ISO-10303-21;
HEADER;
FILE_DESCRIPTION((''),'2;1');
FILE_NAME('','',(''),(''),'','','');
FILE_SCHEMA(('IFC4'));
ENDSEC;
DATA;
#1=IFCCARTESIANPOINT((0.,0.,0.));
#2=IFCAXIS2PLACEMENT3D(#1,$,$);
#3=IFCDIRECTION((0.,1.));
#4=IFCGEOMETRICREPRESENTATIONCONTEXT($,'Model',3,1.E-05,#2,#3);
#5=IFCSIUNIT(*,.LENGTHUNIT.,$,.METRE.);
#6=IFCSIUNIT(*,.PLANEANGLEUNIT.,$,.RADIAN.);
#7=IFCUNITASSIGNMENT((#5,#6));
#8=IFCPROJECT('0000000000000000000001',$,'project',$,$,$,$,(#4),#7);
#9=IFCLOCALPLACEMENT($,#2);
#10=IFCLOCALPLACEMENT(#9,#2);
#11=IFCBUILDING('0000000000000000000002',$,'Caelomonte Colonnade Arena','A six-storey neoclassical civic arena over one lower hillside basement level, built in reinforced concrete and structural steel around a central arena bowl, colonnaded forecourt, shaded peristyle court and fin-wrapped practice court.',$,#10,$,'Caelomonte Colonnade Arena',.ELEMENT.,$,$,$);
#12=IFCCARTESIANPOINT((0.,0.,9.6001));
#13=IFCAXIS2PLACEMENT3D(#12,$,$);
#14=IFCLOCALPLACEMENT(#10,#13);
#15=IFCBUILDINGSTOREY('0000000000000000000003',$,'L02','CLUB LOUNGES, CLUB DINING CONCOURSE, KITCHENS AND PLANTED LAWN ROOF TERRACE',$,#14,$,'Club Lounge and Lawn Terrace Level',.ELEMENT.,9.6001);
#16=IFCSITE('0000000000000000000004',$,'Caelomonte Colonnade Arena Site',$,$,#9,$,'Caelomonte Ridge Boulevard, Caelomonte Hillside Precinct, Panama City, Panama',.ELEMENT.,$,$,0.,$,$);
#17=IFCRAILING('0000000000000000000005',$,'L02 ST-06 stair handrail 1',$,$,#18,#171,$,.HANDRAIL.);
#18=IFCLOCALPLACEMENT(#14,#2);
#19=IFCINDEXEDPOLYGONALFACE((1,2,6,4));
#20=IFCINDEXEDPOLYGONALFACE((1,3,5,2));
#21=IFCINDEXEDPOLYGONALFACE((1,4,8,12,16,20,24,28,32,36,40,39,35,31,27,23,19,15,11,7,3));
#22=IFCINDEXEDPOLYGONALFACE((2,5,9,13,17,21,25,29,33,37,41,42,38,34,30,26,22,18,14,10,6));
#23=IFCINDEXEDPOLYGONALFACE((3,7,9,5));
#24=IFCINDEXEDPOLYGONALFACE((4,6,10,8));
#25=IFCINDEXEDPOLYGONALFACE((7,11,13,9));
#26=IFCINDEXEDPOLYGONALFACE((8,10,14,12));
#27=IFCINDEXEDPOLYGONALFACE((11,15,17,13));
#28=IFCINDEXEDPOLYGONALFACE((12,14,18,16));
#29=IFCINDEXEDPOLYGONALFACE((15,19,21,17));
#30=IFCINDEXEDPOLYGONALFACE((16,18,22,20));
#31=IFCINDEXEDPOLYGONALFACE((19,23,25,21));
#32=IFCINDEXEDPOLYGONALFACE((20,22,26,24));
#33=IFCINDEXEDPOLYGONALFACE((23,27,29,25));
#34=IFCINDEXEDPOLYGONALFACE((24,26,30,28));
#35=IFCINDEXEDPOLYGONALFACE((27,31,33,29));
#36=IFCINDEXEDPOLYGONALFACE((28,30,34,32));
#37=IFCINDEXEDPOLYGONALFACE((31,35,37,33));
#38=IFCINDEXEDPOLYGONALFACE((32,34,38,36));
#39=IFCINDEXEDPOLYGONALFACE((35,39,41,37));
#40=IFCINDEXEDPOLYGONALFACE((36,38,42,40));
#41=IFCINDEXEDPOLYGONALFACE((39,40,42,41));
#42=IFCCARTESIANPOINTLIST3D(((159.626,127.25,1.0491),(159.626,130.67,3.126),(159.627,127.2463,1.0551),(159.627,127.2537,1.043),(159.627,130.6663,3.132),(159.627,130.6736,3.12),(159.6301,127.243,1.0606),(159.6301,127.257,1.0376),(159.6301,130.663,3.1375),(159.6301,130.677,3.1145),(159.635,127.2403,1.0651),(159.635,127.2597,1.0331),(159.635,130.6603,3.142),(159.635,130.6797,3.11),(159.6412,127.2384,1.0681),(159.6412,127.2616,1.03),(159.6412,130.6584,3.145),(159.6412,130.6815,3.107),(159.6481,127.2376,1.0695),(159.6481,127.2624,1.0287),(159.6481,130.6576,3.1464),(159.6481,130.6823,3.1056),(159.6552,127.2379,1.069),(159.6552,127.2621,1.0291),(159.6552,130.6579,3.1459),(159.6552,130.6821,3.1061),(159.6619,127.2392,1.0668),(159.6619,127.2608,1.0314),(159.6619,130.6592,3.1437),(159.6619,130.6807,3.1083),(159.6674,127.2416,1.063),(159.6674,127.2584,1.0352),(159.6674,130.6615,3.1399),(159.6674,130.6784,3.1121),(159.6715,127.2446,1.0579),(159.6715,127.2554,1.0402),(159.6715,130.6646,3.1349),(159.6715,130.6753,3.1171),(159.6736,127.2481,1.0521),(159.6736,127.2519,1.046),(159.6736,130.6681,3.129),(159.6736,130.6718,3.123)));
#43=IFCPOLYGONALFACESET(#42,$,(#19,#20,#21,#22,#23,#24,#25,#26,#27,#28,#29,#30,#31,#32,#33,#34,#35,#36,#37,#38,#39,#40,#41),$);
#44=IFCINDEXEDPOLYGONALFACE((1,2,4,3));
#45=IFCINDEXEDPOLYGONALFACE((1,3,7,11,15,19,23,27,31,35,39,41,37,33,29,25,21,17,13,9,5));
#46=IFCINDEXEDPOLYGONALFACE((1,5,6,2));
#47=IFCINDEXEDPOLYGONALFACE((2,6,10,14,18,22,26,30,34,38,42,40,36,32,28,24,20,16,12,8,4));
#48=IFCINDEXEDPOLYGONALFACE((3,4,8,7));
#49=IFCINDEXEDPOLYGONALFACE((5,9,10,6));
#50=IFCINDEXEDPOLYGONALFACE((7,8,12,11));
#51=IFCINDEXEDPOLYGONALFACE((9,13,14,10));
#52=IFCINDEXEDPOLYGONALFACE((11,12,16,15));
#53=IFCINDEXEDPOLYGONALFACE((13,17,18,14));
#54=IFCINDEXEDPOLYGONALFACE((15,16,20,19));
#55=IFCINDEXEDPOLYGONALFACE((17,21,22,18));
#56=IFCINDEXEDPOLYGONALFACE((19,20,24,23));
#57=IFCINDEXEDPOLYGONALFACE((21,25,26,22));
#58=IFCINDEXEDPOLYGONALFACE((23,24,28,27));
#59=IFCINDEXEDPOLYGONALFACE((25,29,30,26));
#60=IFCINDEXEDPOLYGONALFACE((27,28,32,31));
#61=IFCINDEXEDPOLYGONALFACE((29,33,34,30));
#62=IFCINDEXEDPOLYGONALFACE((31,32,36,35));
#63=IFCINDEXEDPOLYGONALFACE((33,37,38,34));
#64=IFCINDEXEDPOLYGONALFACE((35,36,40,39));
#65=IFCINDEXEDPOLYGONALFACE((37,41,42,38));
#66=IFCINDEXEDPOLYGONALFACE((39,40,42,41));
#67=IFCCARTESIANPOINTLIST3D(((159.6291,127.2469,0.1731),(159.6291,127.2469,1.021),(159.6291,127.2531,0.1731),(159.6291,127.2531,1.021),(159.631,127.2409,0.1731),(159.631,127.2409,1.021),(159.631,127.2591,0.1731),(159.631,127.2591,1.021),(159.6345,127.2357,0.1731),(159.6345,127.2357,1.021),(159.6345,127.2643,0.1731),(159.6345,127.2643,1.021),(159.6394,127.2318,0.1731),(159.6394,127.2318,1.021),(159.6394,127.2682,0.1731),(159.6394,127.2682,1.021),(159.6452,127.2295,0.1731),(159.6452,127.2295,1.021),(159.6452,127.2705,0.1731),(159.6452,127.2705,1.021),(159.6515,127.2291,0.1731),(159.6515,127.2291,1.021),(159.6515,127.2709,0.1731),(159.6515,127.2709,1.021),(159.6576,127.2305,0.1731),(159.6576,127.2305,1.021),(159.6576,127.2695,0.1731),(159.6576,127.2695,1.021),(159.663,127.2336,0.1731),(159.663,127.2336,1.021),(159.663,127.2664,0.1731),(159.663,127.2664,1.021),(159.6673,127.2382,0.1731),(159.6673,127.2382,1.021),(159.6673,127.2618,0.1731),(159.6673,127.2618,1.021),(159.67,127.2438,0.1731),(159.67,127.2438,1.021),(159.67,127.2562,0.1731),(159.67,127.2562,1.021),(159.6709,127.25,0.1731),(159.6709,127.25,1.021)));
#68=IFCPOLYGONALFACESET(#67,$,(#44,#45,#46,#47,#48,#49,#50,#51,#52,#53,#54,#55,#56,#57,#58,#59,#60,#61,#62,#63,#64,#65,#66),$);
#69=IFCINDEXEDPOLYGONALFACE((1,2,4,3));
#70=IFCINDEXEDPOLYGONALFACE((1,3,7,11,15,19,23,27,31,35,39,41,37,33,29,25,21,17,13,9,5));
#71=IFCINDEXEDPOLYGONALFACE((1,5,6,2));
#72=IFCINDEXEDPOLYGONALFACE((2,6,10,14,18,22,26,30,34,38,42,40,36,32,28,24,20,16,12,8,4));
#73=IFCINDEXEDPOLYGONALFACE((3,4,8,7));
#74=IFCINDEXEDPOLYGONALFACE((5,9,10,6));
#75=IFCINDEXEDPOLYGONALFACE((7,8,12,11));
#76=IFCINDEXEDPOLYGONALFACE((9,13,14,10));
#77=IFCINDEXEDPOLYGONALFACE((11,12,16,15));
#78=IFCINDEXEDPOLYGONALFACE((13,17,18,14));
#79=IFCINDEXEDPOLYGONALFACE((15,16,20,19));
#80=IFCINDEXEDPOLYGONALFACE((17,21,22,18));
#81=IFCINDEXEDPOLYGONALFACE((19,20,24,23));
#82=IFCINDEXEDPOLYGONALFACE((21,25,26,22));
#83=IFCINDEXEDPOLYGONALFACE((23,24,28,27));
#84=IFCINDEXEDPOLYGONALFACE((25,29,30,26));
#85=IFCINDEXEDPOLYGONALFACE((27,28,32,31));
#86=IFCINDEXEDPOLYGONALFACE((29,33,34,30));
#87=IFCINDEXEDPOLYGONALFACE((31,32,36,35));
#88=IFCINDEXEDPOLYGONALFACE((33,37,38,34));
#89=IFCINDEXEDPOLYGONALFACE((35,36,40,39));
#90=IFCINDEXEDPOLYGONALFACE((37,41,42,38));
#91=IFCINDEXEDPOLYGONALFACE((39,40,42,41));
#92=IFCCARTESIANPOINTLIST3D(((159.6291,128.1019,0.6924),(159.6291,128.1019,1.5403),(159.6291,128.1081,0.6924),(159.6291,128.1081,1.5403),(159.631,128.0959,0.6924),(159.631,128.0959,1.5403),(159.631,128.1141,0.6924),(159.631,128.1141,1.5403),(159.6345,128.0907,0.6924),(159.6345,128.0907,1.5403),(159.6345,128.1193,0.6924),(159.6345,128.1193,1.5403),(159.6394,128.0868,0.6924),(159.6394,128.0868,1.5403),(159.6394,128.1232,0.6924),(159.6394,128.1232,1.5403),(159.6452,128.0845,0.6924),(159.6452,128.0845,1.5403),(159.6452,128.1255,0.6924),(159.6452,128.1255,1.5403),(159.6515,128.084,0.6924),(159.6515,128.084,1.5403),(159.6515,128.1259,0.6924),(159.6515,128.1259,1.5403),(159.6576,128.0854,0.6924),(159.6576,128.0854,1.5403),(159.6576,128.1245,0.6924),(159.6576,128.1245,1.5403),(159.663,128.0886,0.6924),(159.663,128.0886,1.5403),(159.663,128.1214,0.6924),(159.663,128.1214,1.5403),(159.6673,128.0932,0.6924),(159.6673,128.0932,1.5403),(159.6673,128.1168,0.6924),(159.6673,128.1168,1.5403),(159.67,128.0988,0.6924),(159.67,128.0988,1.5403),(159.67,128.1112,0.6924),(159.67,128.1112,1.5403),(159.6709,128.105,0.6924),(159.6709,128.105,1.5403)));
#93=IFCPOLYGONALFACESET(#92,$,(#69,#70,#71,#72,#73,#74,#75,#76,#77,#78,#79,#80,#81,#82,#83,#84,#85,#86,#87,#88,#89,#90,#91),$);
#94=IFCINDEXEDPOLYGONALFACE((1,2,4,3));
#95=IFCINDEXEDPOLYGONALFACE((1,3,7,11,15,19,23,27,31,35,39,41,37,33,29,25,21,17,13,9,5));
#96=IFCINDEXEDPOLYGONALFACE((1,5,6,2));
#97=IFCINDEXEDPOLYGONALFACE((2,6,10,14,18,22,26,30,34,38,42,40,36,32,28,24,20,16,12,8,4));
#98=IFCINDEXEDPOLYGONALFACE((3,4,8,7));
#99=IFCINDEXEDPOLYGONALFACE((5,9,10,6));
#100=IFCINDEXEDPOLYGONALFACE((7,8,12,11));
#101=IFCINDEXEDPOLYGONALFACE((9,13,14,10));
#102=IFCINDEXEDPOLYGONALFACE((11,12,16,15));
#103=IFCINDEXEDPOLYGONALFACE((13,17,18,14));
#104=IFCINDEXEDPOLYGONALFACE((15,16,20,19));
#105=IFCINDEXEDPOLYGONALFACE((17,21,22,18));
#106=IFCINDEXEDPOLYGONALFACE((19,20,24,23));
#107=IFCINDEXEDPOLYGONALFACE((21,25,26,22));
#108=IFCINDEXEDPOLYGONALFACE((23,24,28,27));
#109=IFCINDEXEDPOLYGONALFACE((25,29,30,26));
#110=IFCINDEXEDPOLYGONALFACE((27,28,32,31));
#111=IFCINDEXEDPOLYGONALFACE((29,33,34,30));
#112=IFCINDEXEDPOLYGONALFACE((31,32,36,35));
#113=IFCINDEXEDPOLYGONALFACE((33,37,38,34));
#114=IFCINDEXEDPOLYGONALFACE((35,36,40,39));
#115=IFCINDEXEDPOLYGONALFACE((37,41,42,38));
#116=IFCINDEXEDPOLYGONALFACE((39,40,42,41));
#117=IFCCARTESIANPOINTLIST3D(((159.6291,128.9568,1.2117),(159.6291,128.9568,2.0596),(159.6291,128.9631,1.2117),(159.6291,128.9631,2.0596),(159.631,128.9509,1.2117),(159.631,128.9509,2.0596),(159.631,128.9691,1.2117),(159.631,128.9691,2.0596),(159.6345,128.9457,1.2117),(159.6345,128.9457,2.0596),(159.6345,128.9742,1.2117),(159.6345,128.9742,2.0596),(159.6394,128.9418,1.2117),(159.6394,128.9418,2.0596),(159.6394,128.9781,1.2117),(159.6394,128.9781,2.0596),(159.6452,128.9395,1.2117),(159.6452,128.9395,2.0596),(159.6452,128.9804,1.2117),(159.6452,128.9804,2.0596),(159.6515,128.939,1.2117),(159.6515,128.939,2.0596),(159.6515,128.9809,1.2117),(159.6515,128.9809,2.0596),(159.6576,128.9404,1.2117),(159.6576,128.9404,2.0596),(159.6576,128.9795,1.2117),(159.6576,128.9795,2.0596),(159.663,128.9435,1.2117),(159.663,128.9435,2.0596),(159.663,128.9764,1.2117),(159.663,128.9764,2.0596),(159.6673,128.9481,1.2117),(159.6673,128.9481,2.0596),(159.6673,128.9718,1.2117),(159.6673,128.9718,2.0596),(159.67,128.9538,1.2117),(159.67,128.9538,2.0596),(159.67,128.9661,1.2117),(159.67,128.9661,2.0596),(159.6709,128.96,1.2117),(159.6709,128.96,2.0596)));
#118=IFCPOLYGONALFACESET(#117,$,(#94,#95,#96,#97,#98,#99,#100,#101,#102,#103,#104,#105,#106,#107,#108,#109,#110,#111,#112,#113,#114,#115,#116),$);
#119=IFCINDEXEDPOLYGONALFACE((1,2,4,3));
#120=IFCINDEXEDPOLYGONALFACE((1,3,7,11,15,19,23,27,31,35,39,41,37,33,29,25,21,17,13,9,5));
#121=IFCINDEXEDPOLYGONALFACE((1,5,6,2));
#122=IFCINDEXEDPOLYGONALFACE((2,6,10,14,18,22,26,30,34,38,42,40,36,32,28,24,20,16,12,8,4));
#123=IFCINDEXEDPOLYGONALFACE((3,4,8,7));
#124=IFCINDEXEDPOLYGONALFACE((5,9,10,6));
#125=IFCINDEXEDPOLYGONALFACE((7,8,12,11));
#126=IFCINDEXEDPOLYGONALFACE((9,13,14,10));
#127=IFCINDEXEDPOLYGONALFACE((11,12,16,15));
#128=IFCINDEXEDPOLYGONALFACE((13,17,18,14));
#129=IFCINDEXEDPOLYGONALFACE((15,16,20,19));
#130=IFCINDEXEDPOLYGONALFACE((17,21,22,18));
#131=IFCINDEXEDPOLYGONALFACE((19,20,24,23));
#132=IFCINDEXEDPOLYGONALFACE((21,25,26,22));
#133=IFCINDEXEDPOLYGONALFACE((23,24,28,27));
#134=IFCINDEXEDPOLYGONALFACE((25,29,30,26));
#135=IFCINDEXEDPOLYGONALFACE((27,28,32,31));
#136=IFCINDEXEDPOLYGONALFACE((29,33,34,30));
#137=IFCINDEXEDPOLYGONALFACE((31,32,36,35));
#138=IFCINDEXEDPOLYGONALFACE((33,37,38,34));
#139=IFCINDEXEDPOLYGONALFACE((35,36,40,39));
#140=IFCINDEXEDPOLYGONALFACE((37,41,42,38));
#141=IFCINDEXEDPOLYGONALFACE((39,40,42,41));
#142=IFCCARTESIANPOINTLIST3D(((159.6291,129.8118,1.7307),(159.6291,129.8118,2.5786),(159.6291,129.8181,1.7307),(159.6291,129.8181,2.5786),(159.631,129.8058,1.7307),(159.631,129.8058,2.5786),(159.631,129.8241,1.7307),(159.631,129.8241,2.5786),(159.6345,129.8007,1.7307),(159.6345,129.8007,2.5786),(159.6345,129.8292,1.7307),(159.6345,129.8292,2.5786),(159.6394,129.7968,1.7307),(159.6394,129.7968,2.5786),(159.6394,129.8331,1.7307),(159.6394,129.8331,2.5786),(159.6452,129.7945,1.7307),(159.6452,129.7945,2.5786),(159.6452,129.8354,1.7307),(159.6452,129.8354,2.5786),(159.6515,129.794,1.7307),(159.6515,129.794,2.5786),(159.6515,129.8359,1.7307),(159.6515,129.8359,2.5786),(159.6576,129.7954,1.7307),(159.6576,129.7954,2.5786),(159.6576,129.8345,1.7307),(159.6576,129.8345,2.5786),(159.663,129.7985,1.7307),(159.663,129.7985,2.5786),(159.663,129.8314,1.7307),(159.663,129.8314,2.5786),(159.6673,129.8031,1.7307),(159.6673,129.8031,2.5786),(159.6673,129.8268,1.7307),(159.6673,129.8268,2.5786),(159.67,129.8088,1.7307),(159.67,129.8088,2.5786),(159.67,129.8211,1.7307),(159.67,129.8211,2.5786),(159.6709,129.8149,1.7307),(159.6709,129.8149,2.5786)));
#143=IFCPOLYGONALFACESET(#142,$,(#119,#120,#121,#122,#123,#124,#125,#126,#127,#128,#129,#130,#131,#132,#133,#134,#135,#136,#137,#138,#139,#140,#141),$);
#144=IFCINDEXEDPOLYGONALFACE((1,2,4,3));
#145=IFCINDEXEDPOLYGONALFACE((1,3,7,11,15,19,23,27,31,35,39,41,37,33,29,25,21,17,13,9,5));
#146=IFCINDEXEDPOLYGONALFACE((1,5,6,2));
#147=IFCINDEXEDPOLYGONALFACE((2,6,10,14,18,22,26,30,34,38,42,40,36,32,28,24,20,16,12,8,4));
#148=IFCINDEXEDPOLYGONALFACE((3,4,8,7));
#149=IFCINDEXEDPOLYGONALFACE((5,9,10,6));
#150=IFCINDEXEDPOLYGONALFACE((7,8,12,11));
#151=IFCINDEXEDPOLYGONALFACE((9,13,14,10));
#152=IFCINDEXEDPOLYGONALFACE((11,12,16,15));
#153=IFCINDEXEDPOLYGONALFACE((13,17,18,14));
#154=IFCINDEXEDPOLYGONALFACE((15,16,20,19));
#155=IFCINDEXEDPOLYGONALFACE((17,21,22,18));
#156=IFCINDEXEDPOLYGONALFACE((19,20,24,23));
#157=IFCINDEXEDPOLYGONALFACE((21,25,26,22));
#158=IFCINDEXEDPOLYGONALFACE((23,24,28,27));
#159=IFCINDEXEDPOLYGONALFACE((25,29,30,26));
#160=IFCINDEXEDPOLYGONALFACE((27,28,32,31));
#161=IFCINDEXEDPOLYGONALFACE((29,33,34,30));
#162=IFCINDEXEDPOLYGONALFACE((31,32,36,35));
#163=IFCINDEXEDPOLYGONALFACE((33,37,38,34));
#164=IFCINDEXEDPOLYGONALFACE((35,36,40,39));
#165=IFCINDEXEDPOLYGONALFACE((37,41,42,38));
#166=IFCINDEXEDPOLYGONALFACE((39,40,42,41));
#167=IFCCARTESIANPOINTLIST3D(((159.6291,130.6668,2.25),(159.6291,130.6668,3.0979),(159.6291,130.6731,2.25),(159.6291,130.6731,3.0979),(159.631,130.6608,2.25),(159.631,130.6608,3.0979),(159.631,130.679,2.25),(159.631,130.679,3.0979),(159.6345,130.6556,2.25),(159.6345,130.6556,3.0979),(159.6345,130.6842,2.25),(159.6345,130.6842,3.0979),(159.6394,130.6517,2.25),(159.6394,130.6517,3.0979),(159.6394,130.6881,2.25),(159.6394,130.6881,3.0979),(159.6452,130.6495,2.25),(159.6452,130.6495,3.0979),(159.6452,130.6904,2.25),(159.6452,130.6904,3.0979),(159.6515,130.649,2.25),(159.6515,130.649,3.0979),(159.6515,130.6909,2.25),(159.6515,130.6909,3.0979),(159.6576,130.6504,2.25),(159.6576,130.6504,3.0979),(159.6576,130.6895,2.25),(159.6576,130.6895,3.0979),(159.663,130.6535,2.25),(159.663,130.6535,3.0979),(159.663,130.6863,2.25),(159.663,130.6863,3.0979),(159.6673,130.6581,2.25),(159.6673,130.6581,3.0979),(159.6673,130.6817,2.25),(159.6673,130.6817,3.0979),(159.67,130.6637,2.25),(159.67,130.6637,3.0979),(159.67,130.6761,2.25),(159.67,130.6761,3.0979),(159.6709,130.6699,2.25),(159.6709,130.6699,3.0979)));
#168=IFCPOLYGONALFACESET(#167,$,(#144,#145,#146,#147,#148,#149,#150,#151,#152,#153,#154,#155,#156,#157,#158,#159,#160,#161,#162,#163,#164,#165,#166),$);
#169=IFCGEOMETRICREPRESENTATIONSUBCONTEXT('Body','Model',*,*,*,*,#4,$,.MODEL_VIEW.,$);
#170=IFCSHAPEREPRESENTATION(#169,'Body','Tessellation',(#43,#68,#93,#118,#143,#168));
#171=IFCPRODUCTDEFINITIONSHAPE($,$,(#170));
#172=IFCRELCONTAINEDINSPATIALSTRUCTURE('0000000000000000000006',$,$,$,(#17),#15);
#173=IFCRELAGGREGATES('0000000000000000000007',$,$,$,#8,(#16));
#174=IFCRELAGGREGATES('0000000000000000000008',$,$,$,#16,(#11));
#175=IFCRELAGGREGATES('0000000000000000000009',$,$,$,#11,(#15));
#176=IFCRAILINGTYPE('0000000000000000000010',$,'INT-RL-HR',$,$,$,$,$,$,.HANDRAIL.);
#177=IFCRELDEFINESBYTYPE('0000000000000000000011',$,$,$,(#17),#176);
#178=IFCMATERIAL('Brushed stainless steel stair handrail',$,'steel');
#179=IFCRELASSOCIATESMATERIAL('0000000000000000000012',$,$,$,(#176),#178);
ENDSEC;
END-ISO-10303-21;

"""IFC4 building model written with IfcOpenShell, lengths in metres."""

from ifc_helpers import new_model, si_unit, direction, frame, origin, origin_2d, place, context, subcontext, project, spatial, circle, extrude, material, type_object, element, save


model = new_model("IFC4")

# Units and contexts
model_context = context("Model", 3, precision=1e-05, world=origin(), true_north=direction((0.0, 1.0)))
body_context = subcontext(model_context, "Body", "Model", "MODEL_VIEW")
ifc_project = project(units=[si_unit("LENGTHUNIT", "METRE"), si_unit("PLANEANGLEUNIT", "RADIAN")], contexts=[model_context])

# Site, building, storey
site_placement = place(None, origin())
site = spatial("IfcSite", under=ifc_project, at=site_placement, Name="Caelomonte Colonnade Arena Site", LongName="Caelomonte Ridge Boulevard, Caelomonte Hillside Precinct, Panama City, Panama", CompositionType="ELEMENT", RefElevation=0.0)
building_placement = place(site_placement, origin())
building = spatial("IfcBuilding", under=site, at=building_placement, Name="Caelomonte Colonnade Arena", Description="A six-storey neoclassical civic arena over one lower hillside basement level, built in reinforced concrete and structural steel around a central arena bowl, colonnaded forecourt, shaded peristyle court and fin-wrapped practice court.", LongName="Caelomonte Colonnade Arena", CompositionType="ELEMENT")
storey_placement = place(building_placement, frame((0.0, 0.0, 9.6001)))
storey = spatial("IfcBuildingStorey", under=building, at=storey_placement, Name="L02", Description="CLUB LOUNGES, CLUB DINING CONCOURSE, KITCHENS AND PLANTED LAWN ROOF TERRACE", LongName="Club Lounge and Lawn Terrace Level", CompositionType="ELEMENT", Elevation=9.6001)

# Railing
ifc_material_1 = material(Name="Brushed stainless steel stair handrail", Category="steel")
railing_type_1 = type_object("IfcRailingType", Name="INT-RL-HR", PredefinedType="HANDRAIL", material=ifc_material_1)
railing_1_placement = place(storey_placement, frame((159.6499, 127.25, 0.1731)))
element("IfcRailing", 1, at=railing_1_placement, inside=storey, type_object=railing_type_1, Name="L02 ST-06 stair handrail 1", PredefinedType="HANDRAIL", context=body_context, shape_type="SweptSolid", body=[
    extrude(circle(Radius=0.0239, at=origin_2d()), frame((0.0, 0.0, 0.876), z_axis=(0.0, 0.85473, 0.519074), x_axis=(-1.0, 0.0, 0.0)), (0.0, 0.0, 1.0), 4.0012),
    extrude(circle(Radius=0.021, at=origin_2d()), origin(), (0.0, 0.0, 1.0), 0.8479),
    extrude(circle(Radius=0.021, at=origin_2d()), frame((0.0, 0.855, 0.5193)), (0.0, 0.0, 1.0), 0.8479),
    extrude(circle(Radius=0.021, at=origin_2d()), frame((0.0, 1.71, 1.0386)), (0.0, 0.0, 1.0), 0.8479),
    extrude(circle(Radius=0.021, at=origin_2d()), frame((0.0, 2.5649, 1.5576)), (0.0, 0.0, 1.0), 0.8479),
    extrude(circle(Radius=0.021, at=origin_2d()), frame((0.0, 3.4199, 2.0769)), (0.0, 0.0, 1.0), 0.8479),
])

save(model, "model.ifc")
